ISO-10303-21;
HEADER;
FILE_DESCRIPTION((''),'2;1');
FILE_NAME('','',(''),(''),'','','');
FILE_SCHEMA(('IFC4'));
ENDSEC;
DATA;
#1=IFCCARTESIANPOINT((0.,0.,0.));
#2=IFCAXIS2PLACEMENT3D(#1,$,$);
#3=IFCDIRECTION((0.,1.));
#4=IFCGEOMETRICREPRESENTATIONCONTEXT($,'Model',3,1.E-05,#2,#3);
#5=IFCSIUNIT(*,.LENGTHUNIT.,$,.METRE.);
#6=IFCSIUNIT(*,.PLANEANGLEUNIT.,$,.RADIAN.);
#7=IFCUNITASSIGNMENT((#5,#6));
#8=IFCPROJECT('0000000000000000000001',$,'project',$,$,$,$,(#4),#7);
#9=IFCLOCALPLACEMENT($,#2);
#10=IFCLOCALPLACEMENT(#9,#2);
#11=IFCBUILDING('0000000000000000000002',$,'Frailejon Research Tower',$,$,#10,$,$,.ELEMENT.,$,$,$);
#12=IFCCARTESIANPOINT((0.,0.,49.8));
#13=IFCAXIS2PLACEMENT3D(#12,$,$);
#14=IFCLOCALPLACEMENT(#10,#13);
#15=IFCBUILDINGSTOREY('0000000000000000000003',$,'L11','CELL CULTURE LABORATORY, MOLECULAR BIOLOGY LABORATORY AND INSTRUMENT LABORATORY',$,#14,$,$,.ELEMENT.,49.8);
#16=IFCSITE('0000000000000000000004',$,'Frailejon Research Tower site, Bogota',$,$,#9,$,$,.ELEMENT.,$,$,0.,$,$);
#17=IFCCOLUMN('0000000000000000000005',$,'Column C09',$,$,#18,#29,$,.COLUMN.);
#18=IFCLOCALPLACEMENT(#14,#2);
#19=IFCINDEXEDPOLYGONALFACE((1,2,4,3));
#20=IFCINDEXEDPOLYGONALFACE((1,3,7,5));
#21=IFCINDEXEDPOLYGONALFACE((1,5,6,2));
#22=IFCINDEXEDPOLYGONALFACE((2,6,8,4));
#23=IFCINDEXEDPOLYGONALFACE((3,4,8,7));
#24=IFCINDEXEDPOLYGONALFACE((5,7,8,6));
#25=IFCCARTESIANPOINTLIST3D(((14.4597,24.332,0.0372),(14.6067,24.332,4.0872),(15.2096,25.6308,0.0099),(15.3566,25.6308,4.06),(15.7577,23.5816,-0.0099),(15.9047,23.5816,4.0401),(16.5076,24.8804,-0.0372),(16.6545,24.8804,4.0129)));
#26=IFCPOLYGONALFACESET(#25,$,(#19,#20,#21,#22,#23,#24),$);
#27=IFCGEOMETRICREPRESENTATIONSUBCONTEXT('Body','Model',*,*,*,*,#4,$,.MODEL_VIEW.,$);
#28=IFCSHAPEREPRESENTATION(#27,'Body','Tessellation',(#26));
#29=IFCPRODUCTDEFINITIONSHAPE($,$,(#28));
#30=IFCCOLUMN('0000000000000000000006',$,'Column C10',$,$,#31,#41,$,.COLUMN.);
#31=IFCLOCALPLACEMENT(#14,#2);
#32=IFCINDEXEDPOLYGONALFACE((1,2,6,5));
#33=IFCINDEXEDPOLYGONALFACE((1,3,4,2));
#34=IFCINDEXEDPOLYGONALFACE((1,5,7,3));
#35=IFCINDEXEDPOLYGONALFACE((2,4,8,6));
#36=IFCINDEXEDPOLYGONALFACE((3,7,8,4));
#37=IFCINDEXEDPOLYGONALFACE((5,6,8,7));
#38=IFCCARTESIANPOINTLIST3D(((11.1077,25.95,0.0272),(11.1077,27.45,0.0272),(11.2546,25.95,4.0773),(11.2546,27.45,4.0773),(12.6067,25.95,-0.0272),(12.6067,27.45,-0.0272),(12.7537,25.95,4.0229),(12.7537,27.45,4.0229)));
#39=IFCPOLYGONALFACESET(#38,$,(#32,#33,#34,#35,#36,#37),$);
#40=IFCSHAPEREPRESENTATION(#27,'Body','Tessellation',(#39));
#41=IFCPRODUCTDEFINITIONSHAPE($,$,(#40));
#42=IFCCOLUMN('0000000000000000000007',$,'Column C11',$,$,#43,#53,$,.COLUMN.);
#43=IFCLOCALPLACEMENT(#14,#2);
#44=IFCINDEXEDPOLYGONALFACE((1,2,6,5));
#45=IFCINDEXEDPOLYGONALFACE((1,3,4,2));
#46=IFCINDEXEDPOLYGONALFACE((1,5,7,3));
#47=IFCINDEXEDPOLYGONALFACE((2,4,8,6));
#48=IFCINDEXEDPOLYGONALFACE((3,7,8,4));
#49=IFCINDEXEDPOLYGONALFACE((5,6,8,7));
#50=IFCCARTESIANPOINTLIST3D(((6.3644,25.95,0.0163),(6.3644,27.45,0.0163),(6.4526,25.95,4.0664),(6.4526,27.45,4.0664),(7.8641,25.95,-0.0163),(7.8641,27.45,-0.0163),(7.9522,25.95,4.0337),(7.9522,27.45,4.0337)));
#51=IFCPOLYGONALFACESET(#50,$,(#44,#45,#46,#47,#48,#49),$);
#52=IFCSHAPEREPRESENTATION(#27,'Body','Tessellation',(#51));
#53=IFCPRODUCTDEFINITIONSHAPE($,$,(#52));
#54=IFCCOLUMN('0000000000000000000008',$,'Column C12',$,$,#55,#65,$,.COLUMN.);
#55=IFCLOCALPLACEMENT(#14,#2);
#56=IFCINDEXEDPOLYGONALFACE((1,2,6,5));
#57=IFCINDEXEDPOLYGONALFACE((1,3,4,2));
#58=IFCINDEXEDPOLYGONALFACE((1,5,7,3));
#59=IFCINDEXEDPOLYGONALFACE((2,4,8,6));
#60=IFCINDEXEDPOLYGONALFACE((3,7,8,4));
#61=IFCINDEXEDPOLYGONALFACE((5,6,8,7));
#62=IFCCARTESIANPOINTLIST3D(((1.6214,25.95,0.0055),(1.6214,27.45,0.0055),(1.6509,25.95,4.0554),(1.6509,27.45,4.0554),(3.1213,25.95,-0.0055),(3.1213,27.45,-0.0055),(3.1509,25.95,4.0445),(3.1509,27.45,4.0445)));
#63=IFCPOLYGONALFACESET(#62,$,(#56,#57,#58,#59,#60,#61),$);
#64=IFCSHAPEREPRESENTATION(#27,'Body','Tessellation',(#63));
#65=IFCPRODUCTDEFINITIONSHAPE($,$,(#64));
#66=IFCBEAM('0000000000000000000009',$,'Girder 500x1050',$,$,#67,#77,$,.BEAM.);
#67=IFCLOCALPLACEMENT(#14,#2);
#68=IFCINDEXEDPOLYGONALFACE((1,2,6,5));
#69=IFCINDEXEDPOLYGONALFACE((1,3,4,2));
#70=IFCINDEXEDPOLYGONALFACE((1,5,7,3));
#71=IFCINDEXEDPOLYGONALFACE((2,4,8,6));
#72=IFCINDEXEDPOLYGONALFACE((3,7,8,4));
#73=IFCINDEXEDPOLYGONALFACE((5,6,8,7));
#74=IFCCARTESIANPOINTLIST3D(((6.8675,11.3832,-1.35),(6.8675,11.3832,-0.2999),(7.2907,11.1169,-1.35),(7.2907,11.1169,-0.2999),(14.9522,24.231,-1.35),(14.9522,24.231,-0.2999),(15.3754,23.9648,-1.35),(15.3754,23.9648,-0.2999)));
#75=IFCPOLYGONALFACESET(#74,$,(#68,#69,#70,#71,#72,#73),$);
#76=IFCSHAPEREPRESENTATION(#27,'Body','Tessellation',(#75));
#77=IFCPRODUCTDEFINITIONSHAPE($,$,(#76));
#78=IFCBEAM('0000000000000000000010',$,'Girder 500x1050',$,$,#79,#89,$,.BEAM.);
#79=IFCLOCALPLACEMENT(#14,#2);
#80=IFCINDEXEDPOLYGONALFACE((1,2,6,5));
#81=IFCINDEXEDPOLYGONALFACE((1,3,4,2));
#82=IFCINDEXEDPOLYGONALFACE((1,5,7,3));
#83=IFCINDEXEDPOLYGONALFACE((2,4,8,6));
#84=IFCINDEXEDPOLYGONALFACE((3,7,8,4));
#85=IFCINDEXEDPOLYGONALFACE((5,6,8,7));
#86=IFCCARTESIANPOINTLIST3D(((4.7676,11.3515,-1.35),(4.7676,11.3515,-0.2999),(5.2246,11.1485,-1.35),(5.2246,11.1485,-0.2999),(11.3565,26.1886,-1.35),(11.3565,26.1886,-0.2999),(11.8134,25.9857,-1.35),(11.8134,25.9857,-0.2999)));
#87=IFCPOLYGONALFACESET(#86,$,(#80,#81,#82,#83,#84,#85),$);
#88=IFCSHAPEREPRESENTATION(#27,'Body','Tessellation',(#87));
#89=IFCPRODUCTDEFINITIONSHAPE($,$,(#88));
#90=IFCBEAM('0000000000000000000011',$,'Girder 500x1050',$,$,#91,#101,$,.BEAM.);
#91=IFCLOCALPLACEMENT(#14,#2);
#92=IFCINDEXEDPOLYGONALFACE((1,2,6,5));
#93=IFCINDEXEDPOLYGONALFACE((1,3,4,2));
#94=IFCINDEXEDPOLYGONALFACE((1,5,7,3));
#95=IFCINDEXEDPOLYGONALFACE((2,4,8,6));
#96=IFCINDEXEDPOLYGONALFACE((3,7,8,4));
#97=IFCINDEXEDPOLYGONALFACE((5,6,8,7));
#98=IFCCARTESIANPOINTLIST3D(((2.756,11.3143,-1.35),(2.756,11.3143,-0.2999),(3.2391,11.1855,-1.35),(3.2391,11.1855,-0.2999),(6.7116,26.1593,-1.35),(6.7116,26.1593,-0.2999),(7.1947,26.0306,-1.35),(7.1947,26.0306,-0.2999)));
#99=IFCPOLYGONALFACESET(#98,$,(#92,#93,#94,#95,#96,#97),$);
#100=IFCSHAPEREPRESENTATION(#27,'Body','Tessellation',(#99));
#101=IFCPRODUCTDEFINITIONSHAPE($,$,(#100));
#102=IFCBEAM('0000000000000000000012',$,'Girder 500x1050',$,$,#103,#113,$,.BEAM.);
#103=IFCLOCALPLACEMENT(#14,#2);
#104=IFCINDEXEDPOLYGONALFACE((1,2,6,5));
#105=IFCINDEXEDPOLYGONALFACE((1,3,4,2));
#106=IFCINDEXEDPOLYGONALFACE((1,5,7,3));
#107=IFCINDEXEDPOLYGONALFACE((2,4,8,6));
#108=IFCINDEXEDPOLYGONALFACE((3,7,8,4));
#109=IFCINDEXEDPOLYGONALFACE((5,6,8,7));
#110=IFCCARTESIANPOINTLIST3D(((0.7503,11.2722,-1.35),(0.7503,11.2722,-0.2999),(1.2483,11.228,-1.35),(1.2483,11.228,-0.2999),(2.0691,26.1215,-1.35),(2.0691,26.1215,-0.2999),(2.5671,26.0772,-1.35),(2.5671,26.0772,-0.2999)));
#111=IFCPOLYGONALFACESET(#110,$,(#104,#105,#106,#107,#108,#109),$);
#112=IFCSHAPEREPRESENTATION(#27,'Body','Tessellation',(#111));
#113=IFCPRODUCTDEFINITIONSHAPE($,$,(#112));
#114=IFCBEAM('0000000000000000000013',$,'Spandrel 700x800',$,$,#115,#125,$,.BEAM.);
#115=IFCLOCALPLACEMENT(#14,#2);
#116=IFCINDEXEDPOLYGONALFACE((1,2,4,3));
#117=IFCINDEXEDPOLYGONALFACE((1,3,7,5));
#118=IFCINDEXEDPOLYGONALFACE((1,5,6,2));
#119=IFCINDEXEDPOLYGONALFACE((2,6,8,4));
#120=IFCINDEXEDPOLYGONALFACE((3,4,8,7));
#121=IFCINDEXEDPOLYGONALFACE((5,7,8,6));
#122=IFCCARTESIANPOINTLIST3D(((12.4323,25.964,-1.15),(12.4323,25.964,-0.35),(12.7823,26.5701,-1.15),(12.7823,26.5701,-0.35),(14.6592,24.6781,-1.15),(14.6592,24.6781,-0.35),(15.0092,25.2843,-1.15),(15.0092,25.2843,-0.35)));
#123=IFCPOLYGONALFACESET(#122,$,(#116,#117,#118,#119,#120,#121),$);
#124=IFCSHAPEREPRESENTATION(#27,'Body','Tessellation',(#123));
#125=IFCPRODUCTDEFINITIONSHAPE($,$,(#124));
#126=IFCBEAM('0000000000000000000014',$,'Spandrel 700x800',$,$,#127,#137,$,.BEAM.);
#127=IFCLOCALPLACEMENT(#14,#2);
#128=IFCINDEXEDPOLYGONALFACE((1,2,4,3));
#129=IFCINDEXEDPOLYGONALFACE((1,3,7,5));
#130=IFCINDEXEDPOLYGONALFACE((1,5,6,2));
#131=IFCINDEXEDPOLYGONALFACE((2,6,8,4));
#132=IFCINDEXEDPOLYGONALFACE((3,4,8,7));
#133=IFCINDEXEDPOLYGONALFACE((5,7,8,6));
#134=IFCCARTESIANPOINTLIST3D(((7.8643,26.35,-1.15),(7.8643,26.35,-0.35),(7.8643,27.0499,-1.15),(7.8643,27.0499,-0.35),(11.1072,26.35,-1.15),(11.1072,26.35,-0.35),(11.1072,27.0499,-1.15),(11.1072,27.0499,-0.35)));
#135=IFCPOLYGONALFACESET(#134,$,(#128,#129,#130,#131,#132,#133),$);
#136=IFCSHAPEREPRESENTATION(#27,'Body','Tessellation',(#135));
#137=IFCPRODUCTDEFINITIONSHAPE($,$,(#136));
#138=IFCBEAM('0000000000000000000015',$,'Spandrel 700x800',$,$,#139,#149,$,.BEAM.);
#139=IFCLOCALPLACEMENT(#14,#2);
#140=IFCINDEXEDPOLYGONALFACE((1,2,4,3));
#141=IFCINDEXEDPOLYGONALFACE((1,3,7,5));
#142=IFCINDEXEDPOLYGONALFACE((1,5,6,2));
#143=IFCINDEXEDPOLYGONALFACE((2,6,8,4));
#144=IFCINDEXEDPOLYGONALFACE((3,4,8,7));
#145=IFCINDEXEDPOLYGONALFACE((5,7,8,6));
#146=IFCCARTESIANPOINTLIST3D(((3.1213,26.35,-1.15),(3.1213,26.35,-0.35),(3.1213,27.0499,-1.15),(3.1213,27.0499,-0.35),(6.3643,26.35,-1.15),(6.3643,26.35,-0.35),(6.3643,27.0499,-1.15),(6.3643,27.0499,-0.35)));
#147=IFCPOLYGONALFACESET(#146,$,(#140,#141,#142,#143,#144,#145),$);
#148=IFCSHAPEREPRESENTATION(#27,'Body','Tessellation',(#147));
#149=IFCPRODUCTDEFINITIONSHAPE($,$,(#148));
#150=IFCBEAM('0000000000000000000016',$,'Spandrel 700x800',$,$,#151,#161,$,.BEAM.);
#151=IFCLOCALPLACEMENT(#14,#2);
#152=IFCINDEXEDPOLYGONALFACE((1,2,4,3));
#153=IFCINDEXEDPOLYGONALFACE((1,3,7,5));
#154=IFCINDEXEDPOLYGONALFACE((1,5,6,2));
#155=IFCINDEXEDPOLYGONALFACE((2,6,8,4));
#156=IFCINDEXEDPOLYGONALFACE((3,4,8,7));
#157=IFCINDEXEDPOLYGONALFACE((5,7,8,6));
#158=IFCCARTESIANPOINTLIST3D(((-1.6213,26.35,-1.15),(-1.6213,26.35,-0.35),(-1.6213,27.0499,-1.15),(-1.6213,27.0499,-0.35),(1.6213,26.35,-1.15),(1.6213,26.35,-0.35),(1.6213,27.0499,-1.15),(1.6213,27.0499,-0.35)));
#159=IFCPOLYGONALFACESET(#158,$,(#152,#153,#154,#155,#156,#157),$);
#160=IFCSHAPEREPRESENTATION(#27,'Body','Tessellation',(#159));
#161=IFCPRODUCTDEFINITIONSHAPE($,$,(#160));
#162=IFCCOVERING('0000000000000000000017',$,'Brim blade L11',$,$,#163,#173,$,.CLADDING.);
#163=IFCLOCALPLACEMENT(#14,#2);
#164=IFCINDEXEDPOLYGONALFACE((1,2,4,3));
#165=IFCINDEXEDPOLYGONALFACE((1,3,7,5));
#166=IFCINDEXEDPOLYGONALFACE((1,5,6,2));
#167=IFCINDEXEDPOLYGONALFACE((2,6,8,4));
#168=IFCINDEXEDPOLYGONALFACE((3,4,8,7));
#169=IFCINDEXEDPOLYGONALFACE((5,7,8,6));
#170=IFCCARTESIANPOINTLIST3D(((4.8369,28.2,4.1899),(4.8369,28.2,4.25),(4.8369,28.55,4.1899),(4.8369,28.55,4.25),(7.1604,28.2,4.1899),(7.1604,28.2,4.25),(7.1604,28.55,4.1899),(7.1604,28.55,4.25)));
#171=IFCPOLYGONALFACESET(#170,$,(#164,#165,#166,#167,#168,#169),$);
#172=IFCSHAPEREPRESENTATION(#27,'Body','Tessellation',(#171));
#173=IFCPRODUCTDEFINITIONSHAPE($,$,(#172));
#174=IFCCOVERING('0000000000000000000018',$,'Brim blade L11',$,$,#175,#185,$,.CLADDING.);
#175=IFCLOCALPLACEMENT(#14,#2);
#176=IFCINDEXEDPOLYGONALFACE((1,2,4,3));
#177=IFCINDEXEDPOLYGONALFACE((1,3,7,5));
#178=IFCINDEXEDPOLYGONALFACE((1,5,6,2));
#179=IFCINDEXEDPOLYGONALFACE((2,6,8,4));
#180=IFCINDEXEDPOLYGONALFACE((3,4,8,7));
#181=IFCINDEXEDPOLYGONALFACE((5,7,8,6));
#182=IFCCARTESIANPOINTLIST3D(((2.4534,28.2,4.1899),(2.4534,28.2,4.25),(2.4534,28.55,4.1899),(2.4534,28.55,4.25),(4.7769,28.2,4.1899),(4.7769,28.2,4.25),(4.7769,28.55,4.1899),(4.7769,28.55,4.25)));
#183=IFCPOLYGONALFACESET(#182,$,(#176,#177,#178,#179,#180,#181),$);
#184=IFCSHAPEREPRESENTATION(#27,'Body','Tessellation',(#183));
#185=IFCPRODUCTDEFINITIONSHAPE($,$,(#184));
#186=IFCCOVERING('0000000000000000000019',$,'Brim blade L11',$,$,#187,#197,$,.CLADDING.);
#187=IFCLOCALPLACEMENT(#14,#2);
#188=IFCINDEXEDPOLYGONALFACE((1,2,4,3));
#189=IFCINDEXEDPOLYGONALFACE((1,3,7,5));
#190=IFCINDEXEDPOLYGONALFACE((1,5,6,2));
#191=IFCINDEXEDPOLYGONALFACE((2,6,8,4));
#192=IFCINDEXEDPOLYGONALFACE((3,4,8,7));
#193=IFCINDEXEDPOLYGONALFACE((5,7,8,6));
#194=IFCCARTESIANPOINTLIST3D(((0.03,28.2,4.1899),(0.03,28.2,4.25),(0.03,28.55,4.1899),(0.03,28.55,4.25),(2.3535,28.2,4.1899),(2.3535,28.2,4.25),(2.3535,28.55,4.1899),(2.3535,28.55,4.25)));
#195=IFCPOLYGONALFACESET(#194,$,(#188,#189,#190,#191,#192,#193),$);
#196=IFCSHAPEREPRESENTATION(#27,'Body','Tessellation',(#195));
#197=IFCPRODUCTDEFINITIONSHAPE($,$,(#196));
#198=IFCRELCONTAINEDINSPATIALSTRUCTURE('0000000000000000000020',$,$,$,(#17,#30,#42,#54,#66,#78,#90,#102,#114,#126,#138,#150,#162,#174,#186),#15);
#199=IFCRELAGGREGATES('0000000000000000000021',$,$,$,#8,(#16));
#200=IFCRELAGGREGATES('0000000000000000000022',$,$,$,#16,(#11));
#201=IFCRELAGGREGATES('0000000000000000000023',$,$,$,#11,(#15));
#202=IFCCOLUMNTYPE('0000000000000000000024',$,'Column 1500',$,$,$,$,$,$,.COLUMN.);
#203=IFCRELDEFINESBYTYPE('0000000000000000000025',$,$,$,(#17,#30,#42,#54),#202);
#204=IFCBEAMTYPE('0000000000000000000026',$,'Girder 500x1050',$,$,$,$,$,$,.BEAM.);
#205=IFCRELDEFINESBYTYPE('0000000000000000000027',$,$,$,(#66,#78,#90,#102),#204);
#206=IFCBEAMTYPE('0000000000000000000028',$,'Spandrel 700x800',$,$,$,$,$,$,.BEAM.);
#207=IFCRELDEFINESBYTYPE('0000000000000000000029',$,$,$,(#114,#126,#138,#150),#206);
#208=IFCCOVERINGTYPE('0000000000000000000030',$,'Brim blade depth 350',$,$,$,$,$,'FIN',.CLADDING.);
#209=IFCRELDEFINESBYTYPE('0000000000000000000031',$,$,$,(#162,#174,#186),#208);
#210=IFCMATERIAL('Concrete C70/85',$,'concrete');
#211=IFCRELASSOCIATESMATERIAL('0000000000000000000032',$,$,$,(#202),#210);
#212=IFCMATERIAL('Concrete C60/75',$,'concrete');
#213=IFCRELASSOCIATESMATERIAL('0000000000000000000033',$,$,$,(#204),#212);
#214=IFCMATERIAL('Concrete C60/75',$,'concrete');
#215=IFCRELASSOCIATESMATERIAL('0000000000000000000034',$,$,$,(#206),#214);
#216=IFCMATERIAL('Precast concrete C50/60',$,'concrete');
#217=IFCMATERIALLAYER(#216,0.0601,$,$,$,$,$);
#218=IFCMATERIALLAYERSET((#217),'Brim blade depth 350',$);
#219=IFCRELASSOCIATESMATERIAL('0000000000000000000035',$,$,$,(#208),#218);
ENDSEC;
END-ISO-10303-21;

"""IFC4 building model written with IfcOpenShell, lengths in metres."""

from ifc_helpers import new_model, si_unit, direction, frame, origin, origin_2d, place, context, subcontext, project, spatial, polyline, rectangle, outline, extrude, material, layer, layer_set, material_profile, profile_set, type_object, element, save


model = new_model("IFC4")

# Units and contexts
model_context = context("Model", 3, precision=1e-05, world=origin(), true_north=direction((0.0, 1.0)))
body_context = subcontext(model_context, "Body", "Model", "MODEL_VIEW")
ifc_project = project(units=[si_unit("LENGTHUNIT", "METRE"), si_unit("PLANEANGLEUNIT", "RADIAN")], contexts=[model_context])

# Site, building, storey
site_placement = place(None, origin())
site = spatial("IfcSite", under=ifc_project, at=site_placement, Name="Frailejon Research Tower site, Bogota", CompositionType="ELEMENT", RefElevation=0.0)
building_placement = place(site_placement, origin())
building = spatial("IfcBuilding", under=site, at=building_placement, Name="Frailejon Research Tower", CompositionType="ELEMENT")
storey_placement = place(building_placement, frame((0.0, 0.0, 49.8)))
storey = spatial("IfcBuildingStorey", under=building, at=storey_placement, Name="L11", Description="CELL CULTURE LABORATORY, MOLECULAR BIOLOGY LABORATORY AND INSTRUMENT LABORATORY", CompositionType="ELEMENT", Elevation=49.8)

# Columns
ifc_material_1 = material(Name="Concrete C70/85", Category="concrete")
ifc_material_profile_1 = material_profile(ifc_material_1, rectangle(XDim=1.5, YDim=1.5, at=origin_2d()), Name="Column 1500")
ifc_profile_set_1 = profile_set([ifc_material_profile_1], Name="Concrete C70/85")
column_type = type_object("IfcColumnType", Name="Column 1500", PredefinedType="COLUMN", material=ifc_profile_set_1)
for number, where, z_axis, x_axis, name in (
    (1, (15.4836, 24.6062, 0.0), (0.036265, 0.0, 0.999342), (-0.865314, 0.500246, 0.031401), "Column C09"),
    (2, (11.8572, 26.7, 0.0), (0.036265, 0.0, 0.999342), (-0.999342, 0.0, 0.036265), "Column C10"),
):
    element("IfcColumn", number, at=place(storey_placement, frame(where, z_axis=z_axis, x_axis=x_axis)), inside=storey, type_object=column_type, Name=name, PredefinedType="COLUMN", context=body_context, shape_type="SweptSolid", body=[
        extrude(rectangle(XDim=1.5, YDim=1.5, at=origin_2d()), origin(), (0.0, 0.0, 1.0), 4.0527),
    ])
column_1_placement = place(storey_placement, frame((7.1143, 26.7, 0.0), z_axis=(0.021756, 0.0, 0.999763), x_axis=(-0.999763, 0.0, 0.021756)))
element("IfcColumn", 3, at=column_1_placement, inside=storey, type_object=column_type, Name="Column C11", PredefinedType="COLUMN", context=body_context, shape_type="SweptSolid", body=[
    extrude(rectangle(XDim=1.5, YDim=1.5, at=origin_2d()), origin(), (0.0, 0.0, 1.0), 4.051),
])
column_2_placement = place(storey_placement, frame((2.3713, 26.7, 0.0), z_axis=(0.007294, 0.0, 0.999973), x_axis=(-0.999973, 0.0, 0.007294)))
element("IfcColumn", 4, at=column_2_placement, inside=storey, type_object=column_type, Name="Column C12", PredefinedType="COLUMN", context=body_context, shape_type="SweptSolid", body=[
    extrude(rectangle(XDim=1.5, YDim=1.5, at=origin_2d()), origin(), (0.0, 0.0, 1.0), 4.05),
])

# Beams
ifc_material_2 = material(Name="Concrete C60/75", Category="concrete")
ifc_material_profile_2 = material_profile(ifc_material_2, rectangle(XDim=0.5, YDim=1.05, at=origin_2d()), Name="Girder 500x1050")
ifc_profile_set_2 = profile_set([ifc_material_profile_2], Name="Concrete C60/75")
beam_type_1 = type_object("IfcBeamType", Name="Girder 500x1050", PredefinedType="BEAM", material=ifc_profile_set_2)
beam_1_placement = place(storey_placement, frame((15.1638, 24.0979, -0.825), z_axis=(-0.532591, -0.846372, 0.0), x_axis=(0.846372, -0.532591, 0.0)))
element("IfcBeam", 5, at=beam_1_placement, inside=storey, type_object=beam_type_1, Name="Girder 500x1050", PredefinedType="BEAM", context=body_context, shape_type="SweptSolid", body=[
    extrude(rectangle(XDim=0.5, YDim=1.05, at=origin_2d()), origin(), (0.0, 0.0, 1.0), 15.1799),
])
beam_2_placement = place(storey_placement, frame((11.585, 26.0872, -0.825), z_axis=(-0.405859, -0.913936, 0.0), x_axis=(0.913936, -0.405859, 0.0)))
element("IfcBeam", 6, at=beam_2_placement, inside=storey, type_object=beam_type_1, Name="Girder 500x1050", PredefinedType="BEAM", context=body_context, shape_type="SweptSolid", body=[
    extrude(rectangle(XDim=0.5, YDim=1.05, at=origin_2d()), origin(), (0.0, 0.0, 1.0), 16.2344),
])
beam_3_placement = place(storey_placement, frame((6.9531, 26.095, -0.825), z_axis=(-0.257475, -0.966285, 0.0), x_axis=(0.966285, -0.257475, 0.0)))
element("IfcBeam", 7, at=beam_3_placement, inside=storey, type_object=beam_type_1, Name="Girder 500x1050", PredefinedType="BEAM", context=body_context, shape_type="SweptSolid", body=[
    extrude(rectangle(XDim=0.5, YDim=1.05, at=origin_2d()), origin(), (0.0, 0.0, 1.0), 15.363),
])
beam_4_placement = place(storey_placement, frame((2.3181, 26.0994, -0.825), z_axis=(-0.088467, -0.996079, 0.0), x_axis=(0.996079, -0.088467, 0.0)))
element("IfcBeam", 8, at=beam_4_placement, inside=storey, type_object=beam_type_1, Name="Girder 500x1050", PredefinedType="BEAM", context=body_context, shape_type="SweptSolid", body=[
    extrude(rectangle(XDim=0.5, YDim=1.05, at=origin_2d()), origin(), (0.0, 0.0, 1.0), 14.9077),
])
ifc_material_3 = material(Name="Concrete C60/75", Category="concrete")
ifc_material_profile_3 = material_profile(ifc_material_3, rectangle(XDim=0.7, YDim=0.8, at=origin_2d()), Name="Spandrel 700x800")
ifc_profile_set_3 = profile_set([ifc_material_profile_3], Name="Concrete C60/75")
beam_type_2 = type_object("IfcBeamType", Name="Spandrel 700x800", PredefinedType="BEAM", material=ifc_profile_set_3)
beam_5_placement = place(storey_placement, frame((14.8342, 24.9812, -0.75), z_axis=(-0.866009, 0.500029, 0.0), x_axis=(-0.500029, -0.866009, 0.0)))
element("IfcBeam", 9, at=beam_5_placement, inside=storey, type_object=beam_type_2, Name="Spandrel 700x800", PredefinedType="BEAM", context=body_context, shape_type="SweptSolid", body=[
    extrude(rectangle(XDim=0.7, YDim=0.8, at=origin_2d()), origin(), (0.0, 0.0, 1.0), 2.5715),
])
for number, where, z_axis, x_axis, name in (
    (10, (11.1072, 26.7, -0.75), (-1.0, 0.0, 0.0), (0.0, -1.0, 0.0), "Spandrel 700x800"),
    (11, (6.3643, 26.7, -0.75), (-1.0, 0.0, 0.0), (0.0, -1.0, 0.0), "Spandrel 700x800"),
):
    element("IfcBeam", number, at=place(storey_placement, frame(where, z_axis=z_axis, x_axis=x_axis)), inside=storey, type_object=beam_type_2, Name=name, PredefinedType="BEAM", context=body_context, shape_type="SweptSolid", body=[
        extrude(rectangle(XDim=0.7, YDim=0.8, at=origin_2d()), origin(), (0.0, 0.0, 1.0), 3.2429),
    ])
beam_6_placement = place(storey_placement, frame((1.6213, 26.7, -0.75), z_axis=(-1.0, 0.0, 0.0), x_axis=(0.0, -1.0, 0.0)))
element("IfcBeam", 12, at=beam_6_placement, inside=storey, type_object=beam_type_2, Name="Spandrel 700x800", PredefinedType="BEAM", context=body_context, shape_type="SweptSolid", body=[
    extrude(rectangle(XDim=0.7, YDim=0.8, at=origin_2d()), origin(), (0.0, 0.0, 1.0), 3.2427),
])

# Coverings
ifc_material_4 = material(Name="Precast concrete C50/60", Category="concrete")
ifc_layer_1 = layer(ifc_material_4, 0.0601)
ifc_layer_set_1 = layer_set([ifc_layer_1], Name="Brim blade depth 350")
covering_type_1 = type_object("IfcCoveringType", Name="Brim blade depth 350", ElementType="FIN", PredefinedType="CLADDING", material=ifc_layer_set_1)
for number, where, z_axis, x_axis, name in (
    (13, (4.8369, 28.2, 4.25), (1.0, 0.0, 0.0), (0.0, 1.0, 0.0), "Brim blade L11"),
    (14, (2.4534, 28.2, 4.25), (1.0, 0.0, 0.0), (0.0, 1.0, 0.0), "Brim blade L11"),
    (15, (0.03, 28.2, 4.25), (1.0, 0.0, 0.0), (0.0, 1.0, 0.0), "Brim blade L11"),
):
    element("IfcCovering", number, at=place(storey_placement, frame(where, z_axis=z_axis, x_axis=x_axis)), inside=storey, type_object=covering_type_1, Name=name, PredefinedType="CLADDING", context=body_context, shape_type="SweptSolid", body=[
        extrude(outline(polyline([(0.0, -0.0601), (0.3501, -0.0601), (0.3501, 0.0), (0.0, 0.0), (0.0, -0.0601)])), origin(), (0.0, 0.0, 1.0), 2.3235),
    ])

save(model, "model.ifc")
